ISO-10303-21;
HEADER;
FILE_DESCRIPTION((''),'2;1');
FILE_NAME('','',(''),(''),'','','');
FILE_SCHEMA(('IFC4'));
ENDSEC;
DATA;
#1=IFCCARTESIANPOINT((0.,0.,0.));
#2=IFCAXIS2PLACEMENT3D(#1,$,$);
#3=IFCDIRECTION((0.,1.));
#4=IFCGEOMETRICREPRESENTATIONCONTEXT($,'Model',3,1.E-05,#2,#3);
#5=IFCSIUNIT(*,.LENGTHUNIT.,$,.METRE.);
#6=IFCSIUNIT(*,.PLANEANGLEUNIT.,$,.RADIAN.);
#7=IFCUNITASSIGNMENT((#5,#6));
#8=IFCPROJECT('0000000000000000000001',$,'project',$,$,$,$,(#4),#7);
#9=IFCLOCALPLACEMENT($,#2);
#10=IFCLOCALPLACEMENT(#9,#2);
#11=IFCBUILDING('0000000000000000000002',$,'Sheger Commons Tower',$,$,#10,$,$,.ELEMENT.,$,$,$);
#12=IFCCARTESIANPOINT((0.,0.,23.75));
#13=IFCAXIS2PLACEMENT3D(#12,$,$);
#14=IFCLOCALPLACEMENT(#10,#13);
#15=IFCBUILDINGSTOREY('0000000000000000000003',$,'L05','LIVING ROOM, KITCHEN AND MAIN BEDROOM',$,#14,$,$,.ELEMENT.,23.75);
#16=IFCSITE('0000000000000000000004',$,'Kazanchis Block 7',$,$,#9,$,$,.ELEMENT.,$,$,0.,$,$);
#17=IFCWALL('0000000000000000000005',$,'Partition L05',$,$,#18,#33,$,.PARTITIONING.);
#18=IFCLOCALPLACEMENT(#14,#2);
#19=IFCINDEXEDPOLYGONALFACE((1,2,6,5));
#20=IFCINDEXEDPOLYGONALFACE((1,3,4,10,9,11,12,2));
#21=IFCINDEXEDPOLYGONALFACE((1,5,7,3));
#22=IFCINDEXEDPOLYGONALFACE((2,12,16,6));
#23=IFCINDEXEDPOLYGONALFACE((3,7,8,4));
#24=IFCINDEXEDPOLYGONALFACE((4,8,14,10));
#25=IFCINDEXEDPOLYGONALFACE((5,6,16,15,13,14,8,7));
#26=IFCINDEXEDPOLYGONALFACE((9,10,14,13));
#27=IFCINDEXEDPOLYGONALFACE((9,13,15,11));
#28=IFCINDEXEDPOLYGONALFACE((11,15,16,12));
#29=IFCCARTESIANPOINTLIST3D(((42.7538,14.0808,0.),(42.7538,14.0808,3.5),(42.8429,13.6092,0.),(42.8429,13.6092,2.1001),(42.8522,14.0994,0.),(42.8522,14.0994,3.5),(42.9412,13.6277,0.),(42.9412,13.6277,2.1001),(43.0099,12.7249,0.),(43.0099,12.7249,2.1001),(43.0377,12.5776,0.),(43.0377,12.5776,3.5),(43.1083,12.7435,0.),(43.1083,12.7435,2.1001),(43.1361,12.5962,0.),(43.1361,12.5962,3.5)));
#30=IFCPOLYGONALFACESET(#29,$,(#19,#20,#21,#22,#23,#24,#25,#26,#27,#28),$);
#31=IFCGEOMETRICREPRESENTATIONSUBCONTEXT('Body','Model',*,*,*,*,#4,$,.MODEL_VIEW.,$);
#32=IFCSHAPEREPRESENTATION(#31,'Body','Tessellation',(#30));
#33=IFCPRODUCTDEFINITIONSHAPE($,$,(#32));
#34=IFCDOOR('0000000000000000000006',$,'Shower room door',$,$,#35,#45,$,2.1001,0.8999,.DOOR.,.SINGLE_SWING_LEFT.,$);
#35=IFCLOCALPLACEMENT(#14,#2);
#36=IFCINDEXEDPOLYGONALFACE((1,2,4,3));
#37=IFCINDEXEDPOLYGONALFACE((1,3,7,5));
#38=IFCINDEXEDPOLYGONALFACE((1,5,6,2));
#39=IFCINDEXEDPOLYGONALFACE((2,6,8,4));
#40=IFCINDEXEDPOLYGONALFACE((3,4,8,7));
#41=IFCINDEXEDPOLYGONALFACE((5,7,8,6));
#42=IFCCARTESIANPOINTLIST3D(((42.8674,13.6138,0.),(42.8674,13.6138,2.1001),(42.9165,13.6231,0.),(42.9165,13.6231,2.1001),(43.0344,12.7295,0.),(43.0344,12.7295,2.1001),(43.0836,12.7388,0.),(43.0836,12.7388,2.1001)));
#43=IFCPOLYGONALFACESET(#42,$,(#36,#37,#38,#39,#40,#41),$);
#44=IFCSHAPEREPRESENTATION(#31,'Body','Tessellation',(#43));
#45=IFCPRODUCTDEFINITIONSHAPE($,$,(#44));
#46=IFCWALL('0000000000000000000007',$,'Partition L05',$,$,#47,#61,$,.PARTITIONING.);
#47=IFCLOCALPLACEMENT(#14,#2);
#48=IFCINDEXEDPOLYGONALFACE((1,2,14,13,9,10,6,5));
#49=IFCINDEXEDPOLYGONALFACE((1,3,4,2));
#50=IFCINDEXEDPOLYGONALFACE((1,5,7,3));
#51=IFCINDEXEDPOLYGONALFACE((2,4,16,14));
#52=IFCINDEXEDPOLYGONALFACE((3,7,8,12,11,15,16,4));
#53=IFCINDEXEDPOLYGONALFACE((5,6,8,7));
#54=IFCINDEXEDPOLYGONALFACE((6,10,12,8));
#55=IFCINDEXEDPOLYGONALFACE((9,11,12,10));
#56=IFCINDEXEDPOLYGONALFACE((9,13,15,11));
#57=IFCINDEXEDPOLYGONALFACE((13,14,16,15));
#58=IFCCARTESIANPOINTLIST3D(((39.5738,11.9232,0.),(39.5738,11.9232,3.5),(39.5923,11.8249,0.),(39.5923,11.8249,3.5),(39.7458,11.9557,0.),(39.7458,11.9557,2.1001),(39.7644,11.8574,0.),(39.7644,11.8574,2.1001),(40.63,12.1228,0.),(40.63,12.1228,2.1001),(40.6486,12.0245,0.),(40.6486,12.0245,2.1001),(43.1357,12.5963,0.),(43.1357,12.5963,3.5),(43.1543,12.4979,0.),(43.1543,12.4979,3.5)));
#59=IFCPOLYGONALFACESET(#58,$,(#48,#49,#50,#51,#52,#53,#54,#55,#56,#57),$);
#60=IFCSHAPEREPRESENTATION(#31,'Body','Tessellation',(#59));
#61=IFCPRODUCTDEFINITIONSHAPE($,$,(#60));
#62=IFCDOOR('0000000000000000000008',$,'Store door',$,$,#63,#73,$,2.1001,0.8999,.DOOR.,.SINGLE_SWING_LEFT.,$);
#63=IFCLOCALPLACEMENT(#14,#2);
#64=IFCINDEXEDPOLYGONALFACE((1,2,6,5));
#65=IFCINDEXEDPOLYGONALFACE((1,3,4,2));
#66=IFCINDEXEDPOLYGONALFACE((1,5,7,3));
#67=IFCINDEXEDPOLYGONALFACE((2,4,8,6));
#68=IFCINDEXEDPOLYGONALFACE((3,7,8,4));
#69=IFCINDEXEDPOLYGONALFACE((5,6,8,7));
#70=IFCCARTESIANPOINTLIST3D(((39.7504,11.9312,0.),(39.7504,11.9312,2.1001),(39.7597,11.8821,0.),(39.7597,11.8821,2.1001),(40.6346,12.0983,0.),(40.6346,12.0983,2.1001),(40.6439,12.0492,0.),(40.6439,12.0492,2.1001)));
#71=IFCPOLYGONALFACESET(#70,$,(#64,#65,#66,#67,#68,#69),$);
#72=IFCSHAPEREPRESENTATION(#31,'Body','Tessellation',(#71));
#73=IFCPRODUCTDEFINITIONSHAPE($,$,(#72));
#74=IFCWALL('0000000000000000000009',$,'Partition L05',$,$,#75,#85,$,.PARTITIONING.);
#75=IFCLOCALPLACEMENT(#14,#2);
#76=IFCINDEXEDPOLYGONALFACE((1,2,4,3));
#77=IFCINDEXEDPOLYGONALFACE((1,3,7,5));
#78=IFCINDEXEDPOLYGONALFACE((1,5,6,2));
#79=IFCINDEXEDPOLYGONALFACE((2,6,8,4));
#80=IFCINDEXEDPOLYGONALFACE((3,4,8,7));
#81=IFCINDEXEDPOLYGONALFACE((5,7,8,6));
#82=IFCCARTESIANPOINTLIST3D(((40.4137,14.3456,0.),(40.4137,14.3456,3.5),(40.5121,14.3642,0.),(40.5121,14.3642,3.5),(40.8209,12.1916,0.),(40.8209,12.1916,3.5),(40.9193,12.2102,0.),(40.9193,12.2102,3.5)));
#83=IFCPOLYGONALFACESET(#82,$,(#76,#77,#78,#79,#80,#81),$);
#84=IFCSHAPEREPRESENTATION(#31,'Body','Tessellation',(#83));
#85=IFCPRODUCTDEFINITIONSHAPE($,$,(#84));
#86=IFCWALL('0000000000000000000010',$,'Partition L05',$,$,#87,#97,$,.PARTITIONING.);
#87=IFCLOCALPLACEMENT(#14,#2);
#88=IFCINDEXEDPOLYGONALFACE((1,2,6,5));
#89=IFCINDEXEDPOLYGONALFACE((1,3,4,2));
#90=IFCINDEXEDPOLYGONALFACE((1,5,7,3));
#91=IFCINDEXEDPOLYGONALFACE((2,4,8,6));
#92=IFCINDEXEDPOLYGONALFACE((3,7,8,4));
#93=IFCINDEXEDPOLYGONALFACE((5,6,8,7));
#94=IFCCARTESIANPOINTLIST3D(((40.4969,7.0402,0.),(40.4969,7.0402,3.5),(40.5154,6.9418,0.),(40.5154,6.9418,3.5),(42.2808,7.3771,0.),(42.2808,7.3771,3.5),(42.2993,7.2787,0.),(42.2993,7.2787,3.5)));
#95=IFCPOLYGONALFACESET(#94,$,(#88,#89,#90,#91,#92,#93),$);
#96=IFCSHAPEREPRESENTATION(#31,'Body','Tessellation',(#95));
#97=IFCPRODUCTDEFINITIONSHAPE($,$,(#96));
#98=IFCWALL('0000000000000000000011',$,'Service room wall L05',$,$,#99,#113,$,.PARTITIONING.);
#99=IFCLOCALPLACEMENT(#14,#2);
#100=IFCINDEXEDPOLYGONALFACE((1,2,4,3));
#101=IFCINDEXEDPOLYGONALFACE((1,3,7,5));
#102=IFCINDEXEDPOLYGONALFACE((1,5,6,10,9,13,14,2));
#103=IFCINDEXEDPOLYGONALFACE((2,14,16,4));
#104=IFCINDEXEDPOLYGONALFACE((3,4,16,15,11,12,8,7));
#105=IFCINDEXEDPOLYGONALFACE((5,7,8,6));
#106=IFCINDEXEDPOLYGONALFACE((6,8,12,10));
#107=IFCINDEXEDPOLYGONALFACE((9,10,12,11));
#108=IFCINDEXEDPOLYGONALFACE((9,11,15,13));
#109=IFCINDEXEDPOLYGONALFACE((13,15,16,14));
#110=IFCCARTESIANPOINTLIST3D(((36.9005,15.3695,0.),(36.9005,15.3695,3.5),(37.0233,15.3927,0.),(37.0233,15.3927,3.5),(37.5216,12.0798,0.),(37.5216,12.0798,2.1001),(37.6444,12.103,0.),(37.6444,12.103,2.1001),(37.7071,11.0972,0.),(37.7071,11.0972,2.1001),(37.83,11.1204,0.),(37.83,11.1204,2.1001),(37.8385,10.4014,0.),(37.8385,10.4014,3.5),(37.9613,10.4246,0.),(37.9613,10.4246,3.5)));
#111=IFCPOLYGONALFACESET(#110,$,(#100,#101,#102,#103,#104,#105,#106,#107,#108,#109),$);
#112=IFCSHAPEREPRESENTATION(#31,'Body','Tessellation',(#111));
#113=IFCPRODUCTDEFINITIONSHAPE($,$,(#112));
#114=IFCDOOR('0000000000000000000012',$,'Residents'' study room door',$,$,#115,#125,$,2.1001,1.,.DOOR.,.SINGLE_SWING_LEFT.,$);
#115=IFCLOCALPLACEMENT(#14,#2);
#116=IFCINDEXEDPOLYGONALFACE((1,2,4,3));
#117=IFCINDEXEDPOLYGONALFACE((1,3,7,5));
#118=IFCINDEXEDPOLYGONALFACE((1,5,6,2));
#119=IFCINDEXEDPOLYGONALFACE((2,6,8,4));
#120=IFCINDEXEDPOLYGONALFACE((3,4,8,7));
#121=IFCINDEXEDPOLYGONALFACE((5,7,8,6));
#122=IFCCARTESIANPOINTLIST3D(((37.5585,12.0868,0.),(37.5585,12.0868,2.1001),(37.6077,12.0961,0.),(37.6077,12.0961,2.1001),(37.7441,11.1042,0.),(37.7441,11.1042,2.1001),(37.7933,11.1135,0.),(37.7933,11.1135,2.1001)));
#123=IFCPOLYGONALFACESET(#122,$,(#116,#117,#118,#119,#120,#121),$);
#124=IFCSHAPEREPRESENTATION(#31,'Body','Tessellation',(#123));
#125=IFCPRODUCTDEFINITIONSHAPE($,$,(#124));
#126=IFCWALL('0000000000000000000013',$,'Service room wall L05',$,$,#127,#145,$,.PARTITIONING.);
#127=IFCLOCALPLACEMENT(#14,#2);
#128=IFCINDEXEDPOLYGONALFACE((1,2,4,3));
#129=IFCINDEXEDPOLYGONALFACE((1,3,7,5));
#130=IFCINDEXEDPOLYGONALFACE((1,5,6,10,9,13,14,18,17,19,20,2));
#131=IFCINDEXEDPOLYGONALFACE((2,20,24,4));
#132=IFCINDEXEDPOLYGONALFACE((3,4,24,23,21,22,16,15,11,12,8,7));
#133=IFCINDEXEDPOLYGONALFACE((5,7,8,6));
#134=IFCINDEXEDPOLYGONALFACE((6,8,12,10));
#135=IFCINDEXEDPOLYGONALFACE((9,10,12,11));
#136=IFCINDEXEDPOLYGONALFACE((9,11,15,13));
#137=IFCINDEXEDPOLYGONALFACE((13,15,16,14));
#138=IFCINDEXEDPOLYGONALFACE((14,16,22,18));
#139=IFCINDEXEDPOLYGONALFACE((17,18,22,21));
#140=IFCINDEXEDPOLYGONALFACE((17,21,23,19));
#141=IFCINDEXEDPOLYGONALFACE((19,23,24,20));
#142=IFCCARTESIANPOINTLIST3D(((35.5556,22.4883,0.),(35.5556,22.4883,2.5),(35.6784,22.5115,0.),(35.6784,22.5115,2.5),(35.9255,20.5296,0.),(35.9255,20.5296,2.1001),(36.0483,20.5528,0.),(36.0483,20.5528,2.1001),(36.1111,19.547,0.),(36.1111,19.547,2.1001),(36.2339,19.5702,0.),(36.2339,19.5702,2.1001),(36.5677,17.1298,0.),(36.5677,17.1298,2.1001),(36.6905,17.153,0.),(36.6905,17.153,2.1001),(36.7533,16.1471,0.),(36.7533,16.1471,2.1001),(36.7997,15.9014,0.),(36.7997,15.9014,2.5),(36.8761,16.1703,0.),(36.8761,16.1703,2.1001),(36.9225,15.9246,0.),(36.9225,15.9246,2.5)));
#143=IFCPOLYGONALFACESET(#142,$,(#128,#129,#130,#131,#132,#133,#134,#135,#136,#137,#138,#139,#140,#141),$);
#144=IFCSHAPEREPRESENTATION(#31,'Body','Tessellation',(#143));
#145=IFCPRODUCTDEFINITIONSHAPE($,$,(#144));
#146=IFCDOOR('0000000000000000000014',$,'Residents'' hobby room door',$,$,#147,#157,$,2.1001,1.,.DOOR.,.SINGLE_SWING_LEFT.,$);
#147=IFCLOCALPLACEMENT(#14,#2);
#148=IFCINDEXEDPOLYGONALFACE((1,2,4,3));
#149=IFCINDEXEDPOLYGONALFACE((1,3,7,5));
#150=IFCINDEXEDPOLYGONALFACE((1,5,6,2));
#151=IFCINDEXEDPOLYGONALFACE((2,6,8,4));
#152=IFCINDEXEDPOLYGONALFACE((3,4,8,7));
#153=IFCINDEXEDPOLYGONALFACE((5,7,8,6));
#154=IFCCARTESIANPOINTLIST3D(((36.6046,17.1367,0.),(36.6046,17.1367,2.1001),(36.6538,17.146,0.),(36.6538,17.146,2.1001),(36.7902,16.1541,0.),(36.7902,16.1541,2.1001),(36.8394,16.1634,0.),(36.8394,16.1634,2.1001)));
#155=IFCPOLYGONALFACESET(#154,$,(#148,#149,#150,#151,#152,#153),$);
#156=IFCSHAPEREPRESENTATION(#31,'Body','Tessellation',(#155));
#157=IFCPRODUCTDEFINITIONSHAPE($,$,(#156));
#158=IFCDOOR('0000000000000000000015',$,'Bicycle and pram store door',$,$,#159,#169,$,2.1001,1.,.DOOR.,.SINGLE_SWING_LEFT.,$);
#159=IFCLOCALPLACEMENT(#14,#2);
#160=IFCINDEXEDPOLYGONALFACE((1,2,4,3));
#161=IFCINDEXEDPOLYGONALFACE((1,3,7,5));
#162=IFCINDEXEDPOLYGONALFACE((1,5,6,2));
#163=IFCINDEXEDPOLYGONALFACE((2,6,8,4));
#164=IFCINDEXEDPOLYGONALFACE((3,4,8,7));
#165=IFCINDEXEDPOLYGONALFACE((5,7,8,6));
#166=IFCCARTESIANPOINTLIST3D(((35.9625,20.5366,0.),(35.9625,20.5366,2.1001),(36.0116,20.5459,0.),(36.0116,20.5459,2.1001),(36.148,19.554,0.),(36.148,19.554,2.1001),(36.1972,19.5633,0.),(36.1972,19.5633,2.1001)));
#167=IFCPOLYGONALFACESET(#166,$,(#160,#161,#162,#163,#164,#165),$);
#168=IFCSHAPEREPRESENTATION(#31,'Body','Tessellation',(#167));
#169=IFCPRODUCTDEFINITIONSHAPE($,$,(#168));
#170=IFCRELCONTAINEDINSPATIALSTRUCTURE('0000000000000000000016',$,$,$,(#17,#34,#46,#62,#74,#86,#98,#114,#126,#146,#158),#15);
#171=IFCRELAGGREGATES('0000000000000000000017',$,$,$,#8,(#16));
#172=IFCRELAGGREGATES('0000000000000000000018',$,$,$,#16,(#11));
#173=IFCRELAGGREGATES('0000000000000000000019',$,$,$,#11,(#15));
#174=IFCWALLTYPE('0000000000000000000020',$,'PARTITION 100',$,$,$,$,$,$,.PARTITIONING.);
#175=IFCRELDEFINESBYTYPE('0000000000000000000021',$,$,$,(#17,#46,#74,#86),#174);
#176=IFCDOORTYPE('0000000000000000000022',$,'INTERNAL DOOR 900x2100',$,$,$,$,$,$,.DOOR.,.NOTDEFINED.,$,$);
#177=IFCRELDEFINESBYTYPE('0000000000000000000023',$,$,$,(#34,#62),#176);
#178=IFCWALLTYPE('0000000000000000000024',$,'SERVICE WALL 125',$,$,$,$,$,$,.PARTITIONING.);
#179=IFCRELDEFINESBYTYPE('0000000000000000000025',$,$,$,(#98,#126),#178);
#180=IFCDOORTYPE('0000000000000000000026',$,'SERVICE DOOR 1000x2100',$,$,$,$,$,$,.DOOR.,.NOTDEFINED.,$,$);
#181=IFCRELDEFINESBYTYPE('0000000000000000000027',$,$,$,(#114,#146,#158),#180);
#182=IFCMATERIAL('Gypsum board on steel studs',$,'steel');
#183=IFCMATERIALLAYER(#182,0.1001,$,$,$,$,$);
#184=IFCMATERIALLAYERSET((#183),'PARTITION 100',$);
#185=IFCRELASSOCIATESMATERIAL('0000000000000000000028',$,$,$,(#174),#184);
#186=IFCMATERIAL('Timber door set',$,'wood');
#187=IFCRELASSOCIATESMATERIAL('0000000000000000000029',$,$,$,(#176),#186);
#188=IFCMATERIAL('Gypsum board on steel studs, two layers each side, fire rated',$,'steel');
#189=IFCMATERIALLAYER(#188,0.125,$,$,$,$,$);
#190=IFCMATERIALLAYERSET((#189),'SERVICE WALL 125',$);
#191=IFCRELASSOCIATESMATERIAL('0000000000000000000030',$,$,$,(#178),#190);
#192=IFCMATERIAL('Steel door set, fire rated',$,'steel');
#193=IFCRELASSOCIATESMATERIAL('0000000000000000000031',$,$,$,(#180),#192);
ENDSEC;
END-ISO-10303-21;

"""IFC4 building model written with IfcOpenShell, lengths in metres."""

from ifc_helpers import new_model, si_unit, direction, frame, frame_2d, origin, place, context, subcontext, project, spatial, rectangle, extrude, material, layer, layer_set, type_object, element, fill, save


model = new_model("IFC4")

# Units and contexts
model_context = context("Model", 3, precision=1e-05, world=origin(), true_north=direction((0.0, 1.0)))
body_context = subcontext(model_context, "Body", "Model", "MODEL_VIEW")
ifc_project = project(units=[si_unit("LENGTHUNIT", "METRE"), si_unit("PLANEANGLEUNIT", "RADIAN")], contexts=[model_context])

# Site, building, storey
site_placement = place(None, origin())
site = spatial("IfcSite", under=ifc_project, at=site_placement, Name="Kazanchis Block 7", CompositionType="ELEMENT", RefElevation=0.0)
building_placement = place(site_placement, origin())
building = spatial("IfcBuilding", under=site, at=building_placement, Name="Sheger Commons Tower", CompositionType="ELEMENT")
storey_placement = place(building_placement, frame((0.0, 0.0, 23.75)))
storey = spatial("IfcBuildingStorey", under=building, at=storey_placement, Name="L05", Description="LIVING ROOM, KITCHEN AND MAIN BEDROOM", CompositionType="ELEMENT", Elevation=23.75)

# Shared definitions
ifc_material_1 = material(Name="Gypsum board on steel studs", Category="steel")
ifc_layer_1 = layer(ifc_material_1, 0.1001)
ifc_layer_set_1 = layer_set([ifc_layer_1], Name="PARTITION 100")
wall_type_1 = type_object("IfcWallType", Name="PARTITION 100", PredefinedType="PARTITIONING", material=ifc_layer_set_1)

# Walls, openings, doors
wall_1_placement = place(storey_placement, frame((42.803, 14.0901, 0.0), z_axis=(0.0, 0.0, 1.0), x_axis=(0.185608, -0.982624, 0.0)))
wall_1 = element("IfcWall", 1, at=wall_1_placement, inside=storey, type_object=wall_type_1, Name="Partition L05", PredefinedType="PARTITIONING", context=body_context, shape_type="SweptSolid", body=[
    extrude(rectangle(XDim=1.5298, YDim=0.1001, at=frame_2d((0.7649, 0.0))), origin(), (0.0, 0.0, 1.0), 3.5),
])
opening_1_placement = place(wall_1_placement, frame((0.48, 0.0, 0.0)))
opening_1 = element("IfcOpeningElement", 2, at=opening_1_placement, cuts=wall_1, PredefinedType="OPENING", context=body_context, shape_type="SweptSolid", body=[
    extrude(rectangle(XDim=0.8999, YDim=2.1001, at=frame_2d((0.45, 1.05))), frame((0.0, 0.0601, 0.0), z_axis=(0.0, -1.0, 0.0), x_axis=(1.0, 0.0, 0.0)), (0.0, 0.0, 1.0), 0.1201),
])
ifc_material_2 = material(Name="Timber door set", Category="wood")
door_type_1 = type_object("IfcDoorType", Name="INTERNAL DOOR 900x2100", OperationType="NOTDEFINED", PredefinedType="DOOR", material=ifc_material_2)
door_1_placement = place(opening_1_placement, origin())
door_1 = element("IfcDoor", 3, at=door_1_placement, inside=storey, type_object=door_type_1, Name="Shower room door", OperationType="SINGLE_SWING_LEFT", OverallHeight=2.1001, OverallWidth=0.8999, PredefinedType="DOOR", context=body_context, shape_type="SweptSolid", body=[
    extrude(rectangle(XDim=0.8999, YDim=2.1001, at=frame_2d((0.45, 1.05))), frame((0.0, 0.0249, 0.0), z_axis=(0.0, -1.0, 0.0), x_axis=(1.0, 0.0, 0.0)), (0.0, 0.0, 1.0), 0.05),
])
fill(opening_1, door_1)
wall_2_placement = place(storey_placement, frame((43.145, 12.5471, 0.0), z_axis=(0.0, 0.0, 1.0), x_axis=(-0.98261, -0.185679, 0.0)))
wall_2 = element("IfcWall", 4, at=wall_2_placement, inside=storey, type_object=wall_type_1, Name="Partition L05", PredefinedType="PARTITIONING", context=body_context, shape_type="SweptSolid", body=[
    extrude(rectangle(XDim=3.625, YDim=0.1001, at=frame_2d((1.8125, 0.0))), origin(), (0.0, 0.0, 1.0), 3.5),
])
opening_2_placement = place(wall_2_placement, frame((2.55, 0.0, 0.0)))
opening_2 = element("IfcOpeningElement", 5, at=opening_2_placement, cuts=wall_2, PredefinedType="OPENING", context=body_context, shape_type="SweptSolid", body=[
    extrude(rectangle(XDim=0.8999, YDim=2.1001, at=frame_2d((0.45, 1.05))), frame((0.0, 0.0601, 0.0), z_axis=(0.0, -1.0, 0.0), x_axis=(1.0, 0.0, 0.0)), (0.0, 0.0, 1.0), 0.1201),
])
door_2_placement = place(opening_2_placement, origin())
door_2 = element("IfcDoor", 6, at=door_2_placement, inside=storey, type_object=door_type_1, Name="Store door", OperationType="SINGLE_SWING_LEFT", OverallHeight=2.1001, OverallWidth=0.8999, PredefinedType="DOOR", context=body_context, shape_type="SweptSolid", body=[
    extrude(rectangle(XDim=0.8999, YDim=2.1001, at=frame_2d((0.45, 1.05))), frame((0.0, 0.0249, 0.0), z_axis=(0.0, -1.0, 0.0), x_axis=(1.0, 0.0, 0.0)), (0.0, 0.0, 1.0), 0.05),
])
fill(opening_2, door_2)

# Walls
wall_3_placement = place(storey_placement, frame((40.4629, 14.355, 0.0), z_axis=(0.0, 0.0, 1.0), x_axis=(0.185761, -0.982595, 0.0)))
element("IfcWall", 7, at=wall_3_placement, inside=storey, type_object=wall_type_1, Name="Partition L05", PredefinedType="PARTITIONING", context=body_context, shape_type="SweptSolid", body=[
    extrude(rectangle(XDim=2.1921, YDim=0.1001, at=frame_2d((1.0962, 0.0))), origin(), (0.0, 0.0, 1.0), 3.5),
])
wall_4_placement = place(storey_placement, frame((42.29, 7.3279, 0.0), z_axis=(0.0, 0.0, 1.0), x_axis=(-0.982629, -0.185579, 0.0)))
element("IfcWall", 8, at=wall_4_placement, inside=storey, type_object=wall_type_1, Name="Partition L05", PredefinedType="PARTITIONING", context=body_context, shape_type="SweptSolid", body=[
    extrude(rectangle(XDim=1.8154, YDim=0.1001, at=frame_2d((0.9077, 0.0))), origin(), (0.0, 0.0, 1.0), 3.5),
])

# Wall, opening, door
ifc_material_3 = material(Name="Gypsum board on steel studs, two layers each side, fire rated", Category="steel")
ifc_layer_2 = layer(ifc_material_3, 0.125)
ifc_layer_set_2 = layer_set([ifc_layer_2], Name="SERVICE WALL 125")
wall_type_2 = type_object("IfcWallType", Name="SERVICE WALL 125", PredefinedType="PARTITIONING", material=ifc_layer_set_2)
wall_5_placement = place(storey_placement, frame((37.8999, 10.4131, 0.0), z_axis=(0.0, 0.0, 1.0), x_axis=(-0.185528, 0.982639, 0.0)))
wall_5 = element("IfcWall", 9, at=wall_5_placement, inside=storey, type_object=wall_type_2, Name="Service room wall L05", PredefinedType="PARTITIONING", context=body_context, shape_type="SweptSolid", body=[
    extrude(rectangle(XDim=5.0559, YDim=0.125, at=frame_2d((2.5278, 0.0))), origin(), (0.0, 0.0, 1.0), 3.5),
])
opening_3_placement = place(wall_5_placement, frame((0.708, 0.0, 0.0)))
opening_3 = element("IfcOpeningElement", 10, at=opening_3_placement, cuts=wall_5, PredefinedType="OPENING", context=body_context, shape_type="SweptSolid", body=[
    extrude(rectangle(XDim=1.0, YDim=2.1001, at=frame_2d((0.5, 1.05))), frame((0.0, 0.0725, 0.0), z_axis=(0.0, -1.0, 0.0), x_axis=(1.0, 0.0, 0.0)), (0.0, 0.0, 1.0), 0.145),
])
ifc_material_4 = material(Name="Steel door set, fire rated", Category="steel")
door_type_2 = type_object("IfcDoorType", Name="SERVICE DOOR 1000x2100", OperationType="NOTDEFINED", PredefinedType="DOOR", material=ifc_material_4)
door_3_placement = place(opening_3_placement, origin())
door_3 = element("IfcDoor", 11, at=door_3_placement, inside=storey, type_object=door_type_2, Name="Residents' study room door", OperationType="SINGLE_SWING_LEFT", OverallHeight=2.1001, OverallWidth=1.0, PredefinedType="DOOR", context=body_context, shape_type="SweptSolid", body=[
    extrude(rectangle(XDim=1.0, YDim=2.1001, at=frame_2d((0.5, 1.05))), frame((0.0, 0.0249, 0.0), z_axis=(0.0, -1.0, 0.0), x_axis=(1.0, 0.0, 0.0)), (0.0, 0.0, 1.0), 0.05),
])
fill(opening_3, door_3)

# Wall, openings, doors
wall_6_placement = place(storey_placement, frame((36.8611, 15.9131, 0.0), z_axis=(0.0, 0.0, 1.0), x_axis=(-0.185599, 0.982626, 0.0)))
wall_6 = element("IfcWall", 12, at=wall_6_placement, inside=storey, type_object=wall_type_2, Name="Service room wall L05", PredefinedType="PARTITIONING", context=body_context, shape_type="SweptSolid", body=[
    extrude(rectangle(XDim=6.7034, YDim=0.125, at=frame_2d((3.3516, 0.0))), origin(), (0.0, 0.0, 1.0), 2.5),
])
opening_4_placement = place(wall_6_placement, frame((0.25, 0.0, 0.0)))
opening_4 = element("IfcOpeningElement", 13, at=opening_4_placement, cuts=wall_6, PredefinedType="OPENING", context=body_context, shape_type="SweptSolid", body=[
    extrude(rectangle(XDim=1.0, YDim=2.1001, at=frame_2d((0.5, 1.05))), frame((0.0, 0.0725, 0.0), z_axis=(0.0, -1.0, 0.0), x_axis=(1.0, 0.0, 0.0)), (0.0, 0.0, 1.0), 0.145),
])
opening_5_placement = place(wall_6_placement, frame((3.71, 0.0, 0.0)))
opening_5 = element("IfcOpeningElement", 14, at=opening_5_placement, cuts=wall_6, PredefinedType="OPENING", context=body_context, shape_type="SweptSolid", body=[
    extrude(rectangle(XDim=1.0, YDim=2.1001, at=frame_2d((0.5, 1.05))), frame((0.0, 0.0725, 0.0), z_axis=(0.0, -1.0, 0.0), x_axis=(1.0, 0.0, 0.0)), (0.0, 0.0, 1.0), 0.145),
])
door_4_placement = place(opening_4_placement, origin())
door_4 = element("IfcDoor", 15, at=door_4_placement, inside=storey, type_object=door_type_2, Name="Residents' hobby room door", OperationType="SINGLE_SWING_LEFT", OverallHeight=2.1001, OverallWidth=1.0, PredefinedType="DOOR", context=body_context, shape_type="SweptSolid", body=[
    extrude(rectangle(XDim=1.0, YDim=2.1001, at=frame_2d((0.5, 1.05))), frame((0.0, 0.0249, 0.0), z_axis=(0.0, -1.0, 0.0), x_axis=(1.0, 0.0, 0.0)), (0.0, 0.0, 1.0), 0.05),
])
fill(opening_4, door_4)
door_5_placement = place(opening_5_placement, origin())
door_5 = element("IfcDoor", 16, at=door_5_placement, inside=storey, type_object=door_type_2, Name="Bicycle and pram store door", OperationType="SINGLE_SWING_LEFT", OverallHeight=2.1001, OverallWidth=1.0, PredefinedType="DOOR", context=body_context, shape_type="SweptSolid", body=[
    extrude(rectangle(XDim=1.0, YDim=2.1001, at=frame_2d((0.5, 1.05))), frame((0.0, 0.0249, 0.0), z_axis=(0.0, -1.0, 0.0), x_axis=(1.0, 0.0, 0.0)), (0.0, 0.0, 1.0), 0.05),
])
fill(opening_5, door_5)

save(model, "model.ifc")
